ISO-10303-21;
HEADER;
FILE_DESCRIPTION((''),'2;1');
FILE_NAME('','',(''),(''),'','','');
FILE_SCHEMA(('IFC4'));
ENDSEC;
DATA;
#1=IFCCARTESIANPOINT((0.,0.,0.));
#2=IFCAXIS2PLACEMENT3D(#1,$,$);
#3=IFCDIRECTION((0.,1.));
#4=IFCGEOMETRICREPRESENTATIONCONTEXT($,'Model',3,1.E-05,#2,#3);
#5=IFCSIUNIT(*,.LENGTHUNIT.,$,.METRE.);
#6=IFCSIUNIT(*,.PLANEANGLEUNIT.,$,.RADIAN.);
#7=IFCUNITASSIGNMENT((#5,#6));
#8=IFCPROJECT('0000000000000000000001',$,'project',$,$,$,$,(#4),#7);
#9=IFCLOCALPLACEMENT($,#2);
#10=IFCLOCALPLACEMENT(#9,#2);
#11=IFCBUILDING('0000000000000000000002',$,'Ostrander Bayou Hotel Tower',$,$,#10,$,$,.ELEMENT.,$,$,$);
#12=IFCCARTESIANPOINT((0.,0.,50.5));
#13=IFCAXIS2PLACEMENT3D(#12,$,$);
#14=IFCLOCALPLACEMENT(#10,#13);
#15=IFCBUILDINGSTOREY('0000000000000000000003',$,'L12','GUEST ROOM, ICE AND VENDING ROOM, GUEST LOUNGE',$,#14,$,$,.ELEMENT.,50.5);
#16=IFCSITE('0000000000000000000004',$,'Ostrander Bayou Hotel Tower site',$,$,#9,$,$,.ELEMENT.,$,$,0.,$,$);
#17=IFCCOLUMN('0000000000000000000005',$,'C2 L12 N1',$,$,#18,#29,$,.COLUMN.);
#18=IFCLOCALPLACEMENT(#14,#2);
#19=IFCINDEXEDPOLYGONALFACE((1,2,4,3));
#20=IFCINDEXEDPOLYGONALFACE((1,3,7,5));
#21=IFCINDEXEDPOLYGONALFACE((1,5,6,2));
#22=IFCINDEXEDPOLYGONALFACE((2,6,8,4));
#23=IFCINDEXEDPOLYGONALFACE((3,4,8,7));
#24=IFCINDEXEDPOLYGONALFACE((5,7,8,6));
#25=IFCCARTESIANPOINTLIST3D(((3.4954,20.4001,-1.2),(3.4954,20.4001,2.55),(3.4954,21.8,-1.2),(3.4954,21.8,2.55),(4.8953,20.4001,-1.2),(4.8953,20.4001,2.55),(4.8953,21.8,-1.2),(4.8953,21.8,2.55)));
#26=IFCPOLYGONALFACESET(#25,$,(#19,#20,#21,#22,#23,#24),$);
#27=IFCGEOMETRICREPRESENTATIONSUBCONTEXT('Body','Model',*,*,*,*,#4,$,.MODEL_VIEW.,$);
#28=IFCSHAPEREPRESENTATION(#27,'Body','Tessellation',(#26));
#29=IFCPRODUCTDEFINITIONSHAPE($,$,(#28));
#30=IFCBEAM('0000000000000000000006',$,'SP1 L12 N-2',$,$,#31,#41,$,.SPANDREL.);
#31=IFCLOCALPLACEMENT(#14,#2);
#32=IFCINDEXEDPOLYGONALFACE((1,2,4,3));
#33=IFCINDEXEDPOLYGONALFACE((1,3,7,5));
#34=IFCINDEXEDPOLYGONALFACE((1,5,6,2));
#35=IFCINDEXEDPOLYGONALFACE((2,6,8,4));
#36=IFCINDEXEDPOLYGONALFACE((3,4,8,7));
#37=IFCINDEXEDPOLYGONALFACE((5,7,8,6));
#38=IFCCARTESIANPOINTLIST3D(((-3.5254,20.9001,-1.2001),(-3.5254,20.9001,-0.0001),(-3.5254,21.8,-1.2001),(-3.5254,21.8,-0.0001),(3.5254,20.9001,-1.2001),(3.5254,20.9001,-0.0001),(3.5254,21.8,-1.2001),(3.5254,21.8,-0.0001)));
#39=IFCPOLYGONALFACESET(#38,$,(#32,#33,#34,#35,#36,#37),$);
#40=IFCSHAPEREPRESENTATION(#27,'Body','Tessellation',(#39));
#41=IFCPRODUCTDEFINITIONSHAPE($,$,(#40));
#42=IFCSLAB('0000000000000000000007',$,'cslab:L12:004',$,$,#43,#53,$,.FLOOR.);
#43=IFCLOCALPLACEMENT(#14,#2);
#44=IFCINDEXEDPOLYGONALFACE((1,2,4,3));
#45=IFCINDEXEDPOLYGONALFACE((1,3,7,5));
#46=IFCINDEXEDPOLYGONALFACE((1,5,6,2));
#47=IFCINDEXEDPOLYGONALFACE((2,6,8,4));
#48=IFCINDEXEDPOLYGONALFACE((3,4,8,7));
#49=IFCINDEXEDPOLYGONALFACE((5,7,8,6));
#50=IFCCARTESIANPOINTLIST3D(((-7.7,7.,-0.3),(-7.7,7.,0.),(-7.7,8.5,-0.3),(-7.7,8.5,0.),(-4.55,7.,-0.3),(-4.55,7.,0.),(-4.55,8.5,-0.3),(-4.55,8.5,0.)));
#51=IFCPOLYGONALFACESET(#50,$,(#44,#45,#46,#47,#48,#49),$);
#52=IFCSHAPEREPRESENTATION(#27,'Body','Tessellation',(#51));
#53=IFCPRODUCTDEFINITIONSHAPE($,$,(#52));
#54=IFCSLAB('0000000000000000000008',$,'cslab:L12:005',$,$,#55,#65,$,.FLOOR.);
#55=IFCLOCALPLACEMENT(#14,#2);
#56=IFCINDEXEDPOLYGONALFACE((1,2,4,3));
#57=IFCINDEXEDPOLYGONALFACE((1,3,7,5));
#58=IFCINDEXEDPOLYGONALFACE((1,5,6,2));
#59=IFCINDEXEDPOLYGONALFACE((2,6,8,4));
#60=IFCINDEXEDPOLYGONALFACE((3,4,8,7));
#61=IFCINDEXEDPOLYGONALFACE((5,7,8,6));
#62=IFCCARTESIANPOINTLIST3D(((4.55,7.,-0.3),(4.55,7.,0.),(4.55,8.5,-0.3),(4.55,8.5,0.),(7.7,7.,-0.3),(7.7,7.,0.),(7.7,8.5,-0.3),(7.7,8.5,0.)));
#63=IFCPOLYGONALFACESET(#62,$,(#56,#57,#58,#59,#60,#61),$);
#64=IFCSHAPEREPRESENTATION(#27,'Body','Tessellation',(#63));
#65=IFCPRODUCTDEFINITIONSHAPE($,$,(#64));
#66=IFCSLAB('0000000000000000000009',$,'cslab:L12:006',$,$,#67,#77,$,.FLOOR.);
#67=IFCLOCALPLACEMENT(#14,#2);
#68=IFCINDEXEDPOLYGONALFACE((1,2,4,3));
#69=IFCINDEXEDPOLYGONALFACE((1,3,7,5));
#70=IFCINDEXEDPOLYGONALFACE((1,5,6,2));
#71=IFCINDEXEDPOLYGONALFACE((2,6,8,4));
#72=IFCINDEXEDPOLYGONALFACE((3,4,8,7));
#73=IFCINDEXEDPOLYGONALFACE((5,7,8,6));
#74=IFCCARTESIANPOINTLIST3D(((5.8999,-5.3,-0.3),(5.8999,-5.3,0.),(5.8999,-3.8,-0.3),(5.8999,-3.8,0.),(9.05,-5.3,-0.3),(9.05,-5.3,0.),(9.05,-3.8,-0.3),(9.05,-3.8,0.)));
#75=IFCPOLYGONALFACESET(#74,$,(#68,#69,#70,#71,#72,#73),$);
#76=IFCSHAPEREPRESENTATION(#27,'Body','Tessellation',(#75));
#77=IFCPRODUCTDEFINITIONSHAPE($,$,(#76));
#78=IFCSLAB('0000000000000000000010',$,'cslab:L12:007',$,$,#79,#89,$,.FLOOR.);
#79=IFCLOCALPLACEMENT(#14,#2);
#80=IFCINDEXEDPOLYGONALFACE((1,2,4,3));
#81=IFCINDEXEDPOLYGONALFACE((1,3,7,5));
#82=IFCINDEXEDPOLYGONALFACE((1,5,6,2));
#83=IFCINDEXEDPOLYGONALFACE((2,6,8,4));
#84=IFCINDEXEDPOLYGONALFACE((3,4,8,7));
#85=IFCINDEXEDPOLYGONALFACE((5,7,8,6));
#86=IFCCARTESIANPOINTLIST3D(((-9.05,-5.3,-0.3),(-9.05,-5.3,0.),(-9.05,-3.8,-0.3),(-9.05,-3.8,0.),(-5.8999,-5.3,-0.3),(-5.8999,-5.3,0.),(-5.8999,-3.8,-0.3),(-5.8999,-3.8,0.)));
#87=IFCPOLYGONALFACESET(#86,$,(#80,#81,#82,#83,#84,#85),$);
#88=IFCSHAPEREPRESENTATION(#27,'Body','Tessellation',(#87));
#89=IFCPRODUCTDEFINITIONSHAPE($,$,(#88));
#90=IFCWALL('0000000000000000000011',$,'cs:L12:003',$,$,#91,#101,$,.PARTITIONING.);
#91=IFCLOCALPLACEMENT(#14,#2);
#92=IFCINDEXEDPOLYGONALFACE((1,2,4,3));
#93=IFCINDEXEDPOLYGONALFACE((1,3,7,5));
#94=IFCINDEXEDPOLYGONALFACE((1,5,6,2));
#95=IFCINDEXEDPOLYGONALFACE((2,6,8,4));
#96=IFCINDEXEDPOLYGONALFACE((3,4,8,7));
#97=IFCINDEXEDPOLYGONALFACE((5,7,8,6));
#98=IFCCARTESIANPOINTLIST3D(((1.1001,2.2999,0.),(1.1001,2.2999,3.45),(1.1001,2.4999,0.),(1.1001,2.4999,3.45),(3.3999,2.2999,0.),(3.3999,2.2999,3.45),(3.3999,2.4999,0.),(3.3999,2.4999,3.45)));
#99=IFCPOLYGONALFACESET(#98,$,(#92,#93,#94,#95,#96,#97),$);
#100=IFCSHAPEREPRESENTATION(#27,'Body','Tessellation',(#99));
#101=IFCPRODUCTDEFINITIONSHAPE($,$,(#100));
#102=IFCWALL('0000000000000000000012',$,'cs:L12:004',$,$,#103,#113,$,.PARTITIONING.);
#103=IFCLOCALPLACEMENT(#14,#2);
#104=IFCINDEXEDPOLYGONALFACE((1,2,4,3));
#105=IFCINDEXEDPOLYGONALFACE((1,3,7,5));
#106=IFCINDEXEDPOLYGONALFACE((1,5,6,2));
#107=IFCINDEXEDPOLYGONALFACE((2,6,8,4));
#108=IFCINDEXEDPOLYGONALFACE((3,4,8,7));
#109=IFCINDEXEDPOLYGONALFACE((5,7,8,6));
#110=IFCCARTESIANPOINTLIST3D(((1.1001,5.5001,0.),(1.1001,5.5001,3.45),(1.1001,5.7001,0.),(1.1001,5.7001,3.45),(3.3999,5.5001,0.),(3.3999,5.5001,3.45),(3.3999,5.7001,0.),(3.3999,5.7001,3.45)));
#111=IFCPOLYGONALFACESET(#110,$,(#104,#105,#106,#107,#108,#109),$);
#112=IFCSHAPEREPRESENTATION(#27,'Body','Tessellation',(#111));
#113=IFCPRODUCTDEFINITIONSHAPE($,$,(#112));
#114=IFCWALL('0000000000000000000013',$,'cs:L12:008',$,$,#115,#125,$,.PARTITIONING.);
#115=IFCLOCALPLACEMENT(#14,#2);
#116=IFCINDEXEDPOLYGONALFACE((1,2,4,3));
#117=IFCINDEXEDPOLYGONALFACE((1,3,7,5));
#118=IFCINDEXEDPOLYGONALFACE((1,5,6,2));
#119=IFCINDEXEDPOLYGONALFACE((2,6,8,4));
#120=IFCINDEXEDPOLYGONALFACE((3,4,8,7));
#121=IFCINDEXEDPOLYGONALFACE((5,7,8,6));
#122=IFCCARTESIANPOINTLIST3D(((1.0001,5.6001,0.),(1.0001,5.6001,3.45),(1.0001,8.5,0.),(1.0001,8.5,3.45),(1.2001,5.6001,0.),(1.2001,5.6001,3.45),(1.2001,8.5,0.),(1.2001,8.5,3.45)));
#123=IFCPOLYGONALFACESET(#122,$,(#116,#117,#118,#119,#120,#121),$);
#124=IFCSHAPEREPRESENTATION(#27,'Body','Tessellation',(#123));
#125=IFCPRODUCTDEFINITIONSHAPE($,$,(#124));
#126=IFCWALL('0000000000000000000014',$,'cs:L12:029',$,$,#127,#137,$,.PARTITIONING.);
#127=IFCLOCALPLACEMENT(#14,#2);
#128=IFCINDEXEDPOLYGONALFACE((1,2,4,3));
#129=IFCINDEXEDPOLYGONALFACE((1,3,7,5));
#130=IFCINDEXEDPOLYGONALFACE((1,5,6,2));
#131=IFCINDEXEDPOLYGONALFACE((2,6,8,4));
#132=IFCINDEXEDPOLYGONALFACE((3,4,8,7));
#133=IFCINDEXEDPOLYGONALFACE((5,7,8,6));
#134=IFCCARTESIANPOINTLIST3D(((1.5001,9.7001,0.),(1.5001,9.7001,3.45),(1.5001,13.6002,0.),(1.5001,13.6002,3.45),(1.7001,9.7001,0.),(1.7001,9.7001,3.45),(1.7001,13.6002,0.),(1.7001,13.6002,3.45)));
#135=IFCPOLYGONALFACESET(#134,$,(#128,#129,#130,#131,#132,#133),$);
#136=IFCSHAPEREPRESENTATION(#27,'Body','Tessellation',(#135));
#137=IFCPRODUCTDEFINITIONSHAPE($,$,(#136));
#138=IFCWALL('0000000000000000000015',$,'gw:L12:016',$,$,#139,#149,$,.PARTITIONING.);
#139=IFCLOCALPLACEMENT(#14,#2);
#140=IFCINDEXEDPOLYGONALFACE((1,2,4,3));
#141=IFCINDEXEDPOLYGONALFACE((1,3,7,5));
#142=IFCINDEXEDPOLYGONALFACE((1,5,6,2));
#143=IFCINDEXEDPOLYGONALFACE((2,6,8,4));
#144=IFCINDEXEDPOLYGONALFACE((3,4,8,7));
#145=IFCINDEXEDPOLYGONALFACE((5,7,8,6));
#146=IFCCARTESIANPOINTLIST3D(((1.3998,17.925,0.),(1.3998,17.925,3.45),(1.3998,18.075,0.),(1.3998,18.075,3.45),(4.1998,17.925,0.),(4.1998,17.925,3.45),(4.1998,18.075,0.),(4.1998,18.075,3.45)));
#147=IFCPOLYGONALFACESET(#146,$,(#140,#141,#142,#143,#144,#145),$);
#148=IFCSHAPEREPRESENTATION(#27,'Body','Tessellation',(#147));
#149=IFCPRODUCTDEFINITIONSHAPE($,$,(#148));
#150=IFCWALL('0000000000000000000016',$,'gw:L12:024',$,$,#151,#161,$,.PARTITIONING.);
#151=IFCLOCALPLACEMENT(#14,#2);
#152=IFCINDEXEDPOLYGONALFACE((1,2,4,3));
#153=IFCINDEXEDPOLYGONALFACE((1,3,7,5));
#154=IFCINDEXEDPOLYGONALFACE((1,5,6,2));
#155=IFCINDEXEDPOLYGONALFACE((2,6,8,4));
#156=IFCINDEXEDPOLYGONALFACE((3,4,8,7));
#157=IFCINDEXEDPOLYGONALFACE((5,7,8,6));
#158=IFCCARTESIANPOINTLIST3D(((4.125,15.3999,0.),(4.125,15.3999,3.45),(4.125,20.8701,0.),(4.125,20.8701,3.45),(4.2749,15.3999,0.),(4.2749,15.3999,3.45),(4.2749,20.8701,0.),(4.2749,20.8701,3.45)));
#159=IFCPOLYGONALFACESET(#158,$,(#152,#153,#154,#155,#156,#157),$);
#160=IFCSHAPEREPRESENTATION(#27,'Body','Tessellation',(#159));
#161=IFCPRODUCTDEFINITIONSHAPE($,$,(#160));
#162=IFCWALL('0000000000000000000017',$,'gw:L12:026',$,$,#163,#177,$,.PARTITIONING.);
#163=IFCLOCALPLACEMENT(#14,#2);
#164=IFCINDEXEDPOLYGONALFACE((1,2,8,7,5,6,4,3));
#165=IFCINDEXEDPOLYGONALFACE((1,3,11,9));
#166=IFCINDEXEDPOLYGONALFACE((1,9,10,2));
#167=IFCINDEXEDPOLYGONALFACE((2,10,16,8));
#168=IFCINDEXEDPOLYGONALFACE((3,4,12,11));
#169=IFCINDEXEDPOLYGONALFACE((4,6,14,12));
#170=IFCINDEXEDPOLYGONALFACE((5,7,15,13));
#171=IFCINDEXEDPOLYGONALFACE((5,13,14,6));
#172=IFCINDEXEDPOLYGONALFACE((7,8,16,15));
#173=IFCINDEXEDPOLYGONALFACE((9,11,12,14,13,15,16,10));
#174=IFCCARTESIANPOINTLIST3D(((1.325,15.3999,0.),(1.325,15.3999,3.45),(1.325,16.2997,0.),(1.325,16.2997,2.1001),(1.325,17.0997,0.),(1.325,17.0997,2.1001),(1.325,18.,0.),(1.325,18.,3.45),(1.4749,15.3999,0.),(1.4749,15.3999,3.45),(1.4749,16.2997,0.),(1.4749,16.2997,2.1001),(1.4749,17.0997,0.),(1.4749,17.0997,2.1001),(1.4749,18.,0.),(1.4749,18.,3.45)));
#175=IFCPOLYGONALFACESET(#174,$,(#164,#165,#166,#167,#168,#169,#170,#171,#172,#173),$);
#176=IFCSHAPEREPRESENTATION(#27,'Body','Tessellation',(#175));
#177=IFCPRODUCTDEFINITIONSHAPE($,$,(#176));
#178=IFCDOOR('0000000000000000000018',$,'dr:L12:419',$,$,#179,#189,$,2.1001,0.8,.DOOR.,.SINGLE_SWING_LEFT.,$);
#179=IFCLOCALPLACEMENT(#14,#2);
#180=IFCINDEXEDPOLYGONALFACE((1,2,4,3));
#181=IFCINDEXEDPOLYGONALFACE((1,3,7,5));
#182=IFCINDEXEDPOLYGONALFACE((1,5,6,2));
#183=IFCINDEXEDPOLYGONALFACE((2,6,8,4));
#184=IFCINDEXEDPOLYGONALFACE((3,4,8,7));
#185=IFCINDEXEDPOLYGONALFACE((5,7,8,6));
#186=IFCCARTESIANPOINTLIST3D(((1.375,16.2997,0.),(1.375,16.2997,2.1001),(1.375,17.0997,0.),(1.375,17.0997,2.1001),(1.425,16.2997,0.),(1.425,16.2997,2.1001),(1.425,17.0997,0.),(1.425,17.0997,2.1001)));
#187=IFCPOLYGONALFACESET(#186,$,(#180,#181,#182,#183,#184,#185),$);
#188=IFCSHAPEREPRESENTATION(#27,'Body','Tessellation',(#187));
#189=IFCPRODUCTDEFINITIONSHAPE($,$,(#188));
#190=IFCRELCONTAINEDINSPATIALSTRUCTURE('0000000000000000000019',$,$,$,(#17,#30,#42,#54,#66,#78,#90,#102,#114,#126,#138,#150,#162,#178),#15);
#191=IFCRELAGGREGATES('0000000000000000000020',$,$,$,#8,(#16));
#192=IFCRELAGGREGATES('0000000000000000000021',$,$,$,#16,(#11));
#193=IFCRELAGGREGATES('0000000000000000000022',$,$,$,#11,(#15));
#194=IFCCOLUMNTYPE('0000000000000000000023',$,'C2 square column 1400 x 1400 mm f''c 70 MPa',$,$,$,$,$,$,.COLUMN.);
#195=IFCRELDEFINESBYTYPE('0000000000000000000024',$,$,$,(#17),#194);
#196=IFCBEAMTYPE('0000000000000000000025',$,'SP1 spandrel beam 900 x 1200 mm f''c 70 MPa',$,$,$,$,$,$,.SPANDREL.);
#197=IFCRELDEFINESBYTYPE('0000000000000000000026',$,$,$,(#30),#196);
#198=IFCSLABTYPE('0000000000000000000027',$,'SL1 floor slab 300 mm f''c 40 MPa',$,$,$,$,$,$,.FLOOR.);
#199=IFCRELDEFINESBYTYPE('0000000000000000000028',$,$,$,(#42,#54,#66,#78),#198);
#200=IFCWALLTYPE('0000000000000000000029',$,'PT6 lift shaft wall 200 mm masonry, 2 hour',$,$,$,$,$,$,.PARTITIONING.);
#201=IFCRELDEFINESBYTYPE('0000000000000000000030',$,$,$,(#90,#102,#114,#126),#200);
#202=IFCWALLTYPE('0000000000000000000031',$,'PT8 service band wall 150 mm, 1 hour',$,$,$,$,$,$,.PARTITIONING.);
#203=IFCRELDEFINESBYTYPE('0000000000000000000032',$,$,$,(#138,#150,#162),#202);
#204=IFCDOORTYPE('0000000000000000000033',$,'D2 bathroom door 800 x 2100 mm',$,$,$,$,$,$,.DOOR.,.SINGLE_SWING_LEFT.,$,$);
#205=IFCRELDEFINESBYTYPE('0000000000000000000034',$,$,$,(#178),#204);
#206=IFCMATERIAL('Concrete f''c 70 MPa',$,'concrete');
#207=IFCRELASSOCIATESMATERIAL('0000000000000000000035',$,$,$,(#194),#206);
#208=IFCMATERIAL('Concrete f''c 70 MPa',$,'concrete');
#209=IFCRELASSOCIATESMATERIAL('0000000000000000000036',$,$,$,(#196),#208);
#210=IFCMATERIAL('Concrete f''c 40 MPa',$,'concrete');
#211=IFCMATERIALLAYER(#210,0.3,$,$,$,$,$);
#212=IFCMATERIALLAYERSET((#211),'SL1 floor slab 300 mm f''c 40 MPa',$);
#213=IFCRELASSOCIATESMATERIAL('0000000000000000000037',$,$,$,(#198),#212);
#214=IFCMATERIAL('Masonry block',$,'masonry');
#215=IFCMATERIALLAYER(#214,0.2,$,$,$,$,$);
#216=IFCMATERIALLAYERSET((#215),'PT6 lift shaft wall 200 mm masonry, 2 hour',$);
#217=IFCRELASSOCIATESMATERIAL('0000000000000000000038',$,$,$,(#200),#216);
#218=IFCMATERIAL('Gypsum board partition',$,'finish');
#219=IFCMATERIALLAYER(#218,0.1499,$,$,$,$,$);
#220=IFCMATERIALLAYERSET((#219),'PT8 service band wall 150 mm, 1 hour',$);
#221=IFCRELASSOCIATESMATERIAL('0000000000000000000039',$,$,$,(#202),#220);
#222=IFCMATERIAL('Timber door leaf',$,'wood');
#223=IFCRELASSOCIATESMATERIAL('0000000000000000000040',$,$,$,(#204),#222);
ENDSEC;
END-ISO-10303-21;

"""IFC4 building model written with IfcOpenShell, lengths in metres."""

from ifc_helpers import new_model, si_unit, direction, frame, frame_2d, origin, origin_2d, place, context, subcontext, project, spatial, polyline, rectangle, outline, extrude, material, layer, layer_set, material_profile, profile_set, type_object, element, fill, save


model = new_model("IFC4")

# Units and contexts
model_context = context("Model", 3, precision=1e-05, world=origin(), true_north=direction((0.0, 1.0)))
body_context = subcontext(model_context, "Body", "Model", "MODEL_VIEW")
ifc_project = project(units=[si_unit("LENGTHUNIT", "METRE"), si_unit("PLANEANGLEUNIT", "RADIAN")], contexts=[model_context])

# Site, building, storey
site_placement = place(None, origin())
site = spatial("IfcSite", under=ifc_project, at=site_placement, Name="Ostrander Bayou Hotel Tower site", CompositionType="ELEMENT", RefElevation=0.0)
building_placement = place(site_placement, origin())
building = spatial("IfcBuilding", under=site, at=building_placement, Name="Ostrander Bayou Hotel Tower", CompositionType="ELEMENT")
storey_placement = place(building_placement, frame((0.0, 0.0, 50.5)))
storey = spatial("IfcBuildingStorey", under=building, at=storey_placement, Name="L12", Description="GUEST ROOM, ICE AND VENDING ROOM, GUEST LOUNGE", CompositionType="ELEMENT", Elevation=50.5)

# Column
ifc_material_1 = material(Name="Concrete f'c 70 MPa", Category="concrete")
ifc_material_profile_1 = material_profile(ifc_material_1, rectangle(XDim=1.3999, YDim=1.3999, at=origin_2d()))
ifc_profile_set_1 = profile_set([ifc_material_profile_1], Name="Concrete f'c 70 MPa")
column_type = type_object("IfcColumnType", Name="C2 square column 1400 x 1400 mm f'c 70 MPa", PredefinedType="COLUMN", material=ifc_profile_set_1)
column_placement = place(storey_placement, frame((4.1953, 21.1001, -1.2), z_axis=(0.0, 0.0, 1.0), x_axis=(1.0, 0.0, 0.0)))
element("IfcColumn", 1, at=column_placement, inside=storey, type_object=column_type, Name="C2 L12 N1", PredefinedType="COLUMN", context=body_context, shape_type="SweptSolid", body=[
    extrude(rectangle(XDim=1.3999, YDim=1.3999, at=origin_2d()), origin(), (0.0, 0.0, 1.0), 3.75),
])

# Beam
ifc_material_2 = material(Name="Concrete f'c 70 MPa", Category="concrete")
ifc_material_profile_2 = material_profile(ifc_material_2, rectangle(XDim=0.8999, YDim=1.2, at=origin_2d()))
ifc_profile_set_2 = profile_set([ifc_material_profile_2], Name="Concrete f'c 70 MPa")
beam_type = type_object("IfcBeamType", Name="SP1 spandrel beam 900 x 1200 mm f'c 70 MPa", PredefinedType="SPANDREL", material=ifc_profile_set_2)
beam_placement = place(storey_placement, frame((3.5254, 21.3501, -0.6001), z_axis=(-1.0, 0.0, 0.0), x_axis=(0.0, -1.0, 0.0)))
element("IfcBeam", 2, at=beam_placement, inside=storey, type_object=beam_type, Name="SP1 L12 N-2", PredefinedType="SPANDREL", context=body_context, shape_type="SweptSolid", body=[
    extrude(rectangle(XDim=0.8999, YDim=1.2, at=origin_2d()), origin(), (0.0, 0.0, 1.0), 7.0508),
])

# Slabs
ifc_material_3 = material(Name="Concrete f'c 40 MPa", Category="concrete")
ifc_layer_1 = layer(ifc_material_3, 0.3)
ifc_layer_set_1 = layer_set([ifc_layer_1], Name="SL1 floor slab 300 mm f'c 40 MPa")
slab_type = type_object("IfcSlabType", Name="SL1 floor slab 300 mm f'c 40 MPa", PredefinedType="FLOOR", material=ifc_layer_set_1)
slab_1_placement = place(storey_placement, frame((0.0, 0.0, -0.3)))
element("IfcSlab", 3, at=slab_1_placement, inside=storey, type_object=slab_type, Name="cslab:L12:004", PredefinedType="FLOOR", context=body_context, shape_type="SweptSolid", body=[
    extrude(outline(polyline([(-4.55, 7.0), (-4.55, 8.5), (-7.7, 8.5), (-7.7, 7.0), (-4.55, 7.0)])), origin(), (0.0, 0.0, 1.0), 0.3),
])
slab_2_placement = place(storey_placement, frame((0.0, 0.0, -0.3)))
element("IfcSlab", 4, at=slab_2_placement, inside=storey, type_object=slab_type, Name="cslab:L12:005", PredefinedType="FLOOR", context=body_context, shape_type="SweptSolid", body=[
    extrude(outline(polyline([(7.7, 7.0), (7.7, 8.5), (4.55, 8.5), (4.55, 7.0), (7.7, 7.0)])), origin(), (0.0, 0.0, 1.0), 0.3),
])
slab_3_placement = place(storey_placement, frame((0.0, 0.0, -0.3)))
element("IfcSlab", 5, at=slab_3_placement, inside=storey, type_object=slab_type, Name="cslab:L12:006", PredefinedType="FLOOR", context=body_context, shape_type="SweptSolid", body=[
    extrude(outline(polyline([(9.05, -5.3), (9.05, -3.8), (5.8999, -3.8), (5.8999, -5.3), (9.05, -5.3)])), origin(), (0.0, 0.0, 1.0), 0.3),
])
slab_4_placement = place(storey_placement, frame((0.0, 0.0, -0.3)))
element("IfcSlab", 6, at=slab_4_placement, inside=storey, type_object=slab_type, Name="cslab:L12:007", PredefinedType="FLOOR", context=body_context, shape_type="SweptSolid", body=[
    extrude(outline(polyline([(-5.8999, -5.3), (-5.8999, -3.8), (-9.05, -3.8), (-9.05, -5.3), (-5.8999, -5.3)])), origin(), (0.0, 0.0, 1.0), 0.3),
])

# Walls
ifc_material_4 = material(Name="Masonry block", Category="masonry")
ifc_layer_2 = layer(ifc_material_4, 0.2)
ifc_layer_set_2 = layer_set([ifc_layer_2], Name="PT6 lift shaft wall 200 mm masonry, 2 hour")
wall_type_1 = type_object("IfcWallType", Name="PT6 lift shaft wall 200 mm masonry, 2 hour", PredefinedType="PARTITIONING", material=ifc_layer_set_2)
for number, where, z_axis, x_axis, name in (
    (7, (1.1001, 2.3999, 0.0), (0.0, 0.0, 1.0), (1.0, 0.0, 0.0), "cs:L12:003"),
    (8, (1.1001, 5.6001, 0.0), (0.0, 0.0, 1.0), (1.0, 0.0, 0.0), "cs:L12:004"),
):
    element("IfcWall", number, at=place(storey_placement, frame(where, z_axis=z_axis, x_axis=x_axis)), inside=storey, type_object=wall_type_1, Name=name, PredefinedType="PARTITIONING", context=body_context, shape_type="SweptSolid", body=[
        extrude(rectangle(XDim=2.2998, YDim=0.2, at=frame_2d((1.1499, 0.0))), origin(), (0.0, 0.0, 1.0), 3.45),
    ])
wall_1_placement = place(storey_placement, frame((1.1001, 5.6001, 0.0), z_axis=(0.0, 0.0, 1.0), x_axis=(0.0, 1.0, 0.0)))
element("IfcWall", 9, at=wall_1_placement, inside=storey, type_object=wall_type_1, Name="cs:L12:008", PredefinedType="PARTITIONING", context=body_context, shape_type="SweptSolid", body=[
    extrude(rectangle(XDim=2.8999, YDim=0.2, at=frame_2d((1.45, 0.0))), origin(), (0.0, 0.0, 1.0), 3.45),
])
wall_2_placement = place(storey_placement, frame((1.6001, 9.7, 0.0), z_axis=(0.0, 0.0, 1.0), x_axis=(0.0, 1.0, 0.0)))
element("IfcWall", 10, at=wall_2_placement, inside=storey, type_object=wall_type_1, Name="cs:L12:029", PredefinedType="PARTITIONING", context=body_context, shape_type="SweptSolid", body=[
    extrude(rectangle(XDim=3.9001, YDim=0.2, at=frame_2d((1.9502, 0.0))), origin(), (0.0, 0.0, 1.0), 3.45),
])
ifc_material_5 = material(Name="Gypsum board partition", Category="finish")
ifc_layer_3 = layer(ifc_material_5, 0.1499)
ifc_layer_set_3 = layer_set([ifc_layer_3], Name="PT8 service band wall 150 mm, 1 hour")
wall_type_2 = type_object("IfcWallType", Name="PT8 service band wall 150 mm, 1 hour", PredefinedType="PARTITIONING", material=ifc_layer_set_3)
wall_3_placement = place(storey_placement, frame((1.3999, 18.0, 0.0), z_axis=(0.0, 0.0, 1.0), x_axis=(1.0, 0.0, 0.0)))
element("IfcWall", 11, at=wall_3_placement, inside=storey, type_object=wall_type_2, Name="gw:L12:016", PredefinedType="PARTITIONING", context=body_context, shape_type="SweptSolid", body=[
    extrude(rectangle(XDim=2.8, YDim=0.1499, at=frame_2d((1.3999, 0.0))), origin(), (0.0, 0.0, 1.0), 3.45),
])
wall_4_placement = place(storey_placement, frame((4.2, 15.3999, 0.0), z_axis=(0.0, 0.0, 1.0), x_axis=(0.0, 1.0, 0.0)))
element("IfcWall", 12, at=wall_4_placement, inside=storey, type_object=wall_type_2, Name="gw:L12:024", PredefinedType="PARTITIONING", context=body_context, shape_type="SweptSolid", body=[
    extrude(rectangle(XDim=5.4702, YDim=0.1499, at=frame_2d((2.7351, 0.0))), origin(), (0.0, 0.0, 1.0), 3.45),
])

# Wall, opening, door
wall_5_placement = place(storey_placement, frame((1.3999, 15.3999, 0.0), z_axis=(0.0, 0.0, 1.0), x_axis=(0.0, 1.0, 0.0)))
wall_5 = element("IfcWall", 13, at=wall_5_placement, inside=storey, type_object=wall_type_2, Name="gw:L12:026", PredefinedType="PARTITIONING", context=body_context, shape_type="SweptSolid", body=[
    extrude(rectangle(XDim=2.6001, YDim=0.1499, at=frame_2d((1.3, 0.0))), origin(), (0.0, 0.0, 1.0), 3.45),
])
opening_1_placement = place(wall_5_placement, frame((0.8999, 0.0, 0.0)))
opening_1 = element("IfcOpeningElement", 14, at=opening_1_placement, cuts=wall_5, PredefinedType="OPENING", context=body_context, shape_type="SweptSolid", body=[
    extrude(rectangle(XDim=0.8, YDim=2.1001, at=frame_2d((0.3999, 1.05))), frame((0.0, 0.075, 0.0), z_axis=(0.0, -1.0, 0.0), x_axis=(1.0, 0.0, 0.0)), (0.0, 0.0, 1.0), 0.1499),
])
ifc_material_6 = material(Name="Timber door leaf", Category="wood")
door_type_1 = type_object("IfcDoorType", Name="D2 bathroom door 800 x 2100 mm", OperationType="SINGLE_SWING_LEFT", PredefinedType="DOOR", material=ifc_material_6)
door_1_placement = place(opening_1_placement, origin())
door_1 = element("IfcDoor", 15, at=door_1_placement, inside=storey, type_object=door_type_1, Name="dr:L12:419", OperationType="SINGLE_SWING_LEFT", OverallHeight=2.1001, OverallWidth=0.8, PredefinedType="DOOR", context=body_context, shape_type="SweptSolid", body=[
    extrude(rectangle(XDim=0.8, YDim=2.1001, at=frame_2d((0.3999, 1.05))), frame((0.0, 0.0249, 0.0), z_axis=(0.0, -1.0, 0.0), x_axis=(1.0, 0.0, 0.0)), (0.0, 0.0, 1.0), 0.05),
])
fill(opening_1, door_1)

save(model, "model.ifc")
